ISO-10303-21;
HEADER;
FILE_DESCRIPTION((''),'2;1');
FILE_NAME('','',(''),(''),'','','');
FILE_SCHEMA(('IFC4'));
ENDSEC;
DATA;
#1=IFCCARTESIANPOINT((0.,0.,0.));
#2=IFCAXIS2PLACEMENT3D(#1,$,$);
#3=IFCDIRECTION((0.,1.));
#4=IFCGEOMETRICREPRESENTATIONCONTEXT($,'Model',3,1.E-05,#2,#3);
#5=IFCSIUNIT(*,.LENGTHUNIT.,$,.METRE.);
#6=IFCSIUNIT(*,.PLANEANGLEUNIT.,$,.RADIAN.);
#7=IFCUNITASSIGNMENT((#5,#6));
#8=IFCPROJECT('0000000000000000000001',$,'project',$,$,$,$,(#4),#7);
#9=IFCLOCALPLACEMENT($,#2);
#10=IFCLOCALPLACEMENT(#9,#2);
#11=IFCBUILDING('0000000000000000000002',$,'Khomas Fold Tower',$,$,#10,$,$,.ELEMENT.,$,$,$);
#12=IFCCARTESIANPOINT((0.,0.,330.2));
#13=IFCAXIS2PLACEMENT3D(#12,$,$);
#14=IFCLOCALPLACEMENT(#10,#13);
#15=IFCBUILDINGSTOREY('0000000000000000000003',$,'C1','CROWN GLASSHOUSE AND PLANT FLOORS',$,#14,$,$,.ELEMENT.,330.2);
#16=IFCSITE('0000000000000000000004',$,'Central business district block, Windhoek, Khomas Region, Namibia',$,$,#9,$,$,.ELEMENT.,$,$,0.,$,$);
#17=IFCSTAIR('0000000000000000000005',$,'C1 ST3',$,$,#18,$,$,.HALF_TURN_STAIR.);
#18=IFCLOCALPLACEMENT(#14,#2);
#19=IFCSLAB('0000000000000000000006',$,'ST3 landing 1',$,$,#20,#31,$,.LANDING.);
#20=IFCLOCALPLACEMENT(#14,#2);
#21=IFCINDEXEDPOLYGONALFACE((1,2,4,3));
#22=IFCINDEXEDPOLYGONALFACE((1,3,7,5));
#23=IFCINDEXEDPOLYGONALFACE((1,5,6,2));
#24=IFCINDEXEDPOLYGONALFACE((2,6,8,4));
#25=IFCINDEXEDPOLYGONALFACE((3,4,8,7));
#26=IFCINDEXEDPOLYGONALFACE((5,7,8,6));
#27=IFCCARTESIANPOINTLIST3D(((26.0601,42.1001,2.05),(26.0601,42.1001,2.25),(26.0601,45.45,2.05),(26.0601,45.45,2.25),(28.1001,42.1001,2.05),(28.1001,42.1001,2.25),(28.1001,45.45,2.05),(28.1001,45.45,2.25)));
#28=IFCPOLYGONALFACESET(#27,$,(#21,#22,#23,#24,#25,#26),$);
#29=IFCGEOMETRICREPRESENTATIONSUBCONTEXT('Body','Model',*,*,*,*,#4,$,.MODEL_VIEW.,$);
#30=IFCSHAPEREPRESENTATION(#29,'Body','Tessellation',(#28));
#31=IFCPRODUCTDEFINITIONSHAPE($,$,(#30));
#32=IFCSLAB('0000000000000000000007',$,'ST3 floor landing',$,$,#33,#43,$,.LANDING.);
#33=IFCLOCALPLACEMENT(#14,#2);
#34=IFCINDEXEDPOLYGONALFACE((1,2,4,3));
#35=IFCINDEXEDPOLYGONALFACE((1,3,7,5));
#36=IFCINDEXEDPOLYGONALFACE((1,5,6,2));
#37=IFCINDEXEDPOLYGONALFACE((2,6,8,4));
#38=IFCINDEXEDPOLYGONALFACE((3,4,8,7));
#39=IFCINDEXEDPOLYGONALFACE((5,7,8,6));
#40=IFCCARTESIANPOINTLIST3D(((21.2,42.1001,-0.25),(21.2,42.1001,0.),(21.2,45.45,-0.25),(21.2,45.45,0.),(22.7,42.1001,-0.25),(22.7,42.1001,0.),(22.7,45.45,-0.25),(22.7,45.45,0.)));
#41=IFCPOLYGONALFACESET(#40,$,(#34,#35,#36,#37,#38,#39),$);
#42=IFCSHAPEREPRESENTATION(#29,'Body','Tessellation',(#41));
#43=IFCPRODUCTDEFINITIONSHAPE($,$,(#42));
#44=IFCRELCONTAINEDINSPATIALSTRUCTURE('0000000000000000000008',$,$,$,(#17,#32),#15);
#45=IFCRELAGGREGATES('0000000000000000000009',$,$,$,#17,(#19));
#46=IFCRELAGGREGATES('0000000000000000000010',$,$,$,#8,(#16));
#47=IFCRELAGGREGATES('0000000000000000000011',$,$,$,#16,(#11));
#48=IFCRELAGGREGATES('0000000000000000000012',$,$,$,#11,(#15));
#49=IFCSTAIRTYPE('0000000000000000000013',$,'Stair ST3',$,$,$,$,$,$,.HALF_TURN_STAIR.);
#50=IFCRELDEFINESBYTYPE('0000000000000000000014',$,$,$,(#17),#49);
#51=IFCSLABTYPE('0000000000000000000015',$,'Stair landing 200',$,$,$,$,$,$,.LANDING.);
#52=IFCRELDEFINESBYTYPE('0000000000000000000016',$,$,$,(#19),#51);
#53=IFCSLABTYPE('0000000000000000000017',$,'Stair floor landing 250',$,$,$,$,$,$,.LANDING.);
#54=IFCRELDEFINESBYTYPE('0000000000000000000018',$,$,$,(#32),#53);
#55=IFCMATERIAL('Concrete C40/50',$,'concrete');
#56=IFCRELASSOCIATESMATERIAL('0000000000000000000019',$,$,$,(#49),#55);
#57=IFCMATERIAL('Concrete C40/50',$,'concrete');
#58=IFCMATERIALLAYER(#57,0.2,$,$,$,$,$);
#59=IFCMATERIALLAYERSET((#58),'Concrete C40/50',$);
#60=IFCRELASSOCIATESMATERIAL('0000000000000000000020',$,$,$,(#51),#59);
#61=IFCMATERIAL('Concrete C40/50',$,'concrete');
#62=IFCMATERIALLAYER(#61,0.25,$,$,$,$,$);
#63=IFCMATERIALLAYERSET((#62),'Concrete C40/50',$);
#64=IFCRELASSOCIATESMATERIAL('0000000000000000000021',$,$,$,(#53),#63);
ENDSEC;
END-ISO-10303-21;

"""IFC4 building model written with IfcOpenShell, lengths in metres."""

from ifc_helpers import new_model, si_unit, direction, frame, origin, place, context, subcontext, project, spatial, polyline, outline, extrude, source, transform, mapped, material, layer, layer_set, type_object, element, aggregate, save


model = new_model("IFC4")

# Units and contexts
model_context = context("Model", 3, precision=1e-05, world=origin(), true_north=direction((0.0, 1.0)))
body_context = subcontext(model_context, "Body", "Model", "MODEL_VIEW")
ifc_project = project(units=[si_unit("LENGTHUNIT", "METRE"), si_unit("PLANEANGLEUNIT", "RADIAN")], contexts=[model_context])

# Site, building, storey
site_placement = place(None, origin())
site = spatial("IfcSite", under=ifc_project, at=site_placement, Name="Central business district block, Windhoek, Khomas Region, Namibia", CompositionType="ELEMENT", RefElevation=0.0)
building_placement = place(site_placement, origin())
building = spatial("IfcBuilding", under=site, at=building_placement, Name="Khomas Fold Tower", CompositionType="ELEMENT")
storey_placement = place(building_placement, frame((0.0, 0.0, 330.2)))
storey = spatial("IfcBuildingStorey", under=building, at=storey_placement, Name="C1", Description="CROWN GLASSHOUSE AND PLANT FLOORS", CompositionType="ELEMENT", Elevation=330.2)

# Stair, slab
ifc_material_1 = material(Name="Concrete C40/50", Category="concrete")
stair_type = type_object("IfcStairType", Name="Stair ST3", PredefinedType="HALF_TURN_STAIR", material=ifc_material_1)
stair_placement = place(storey_placement, origin())
stair = element("IfcStair", 1, at=stair_placement, inside=storey, type_object=stair_type, Name="C1 ST3", PredefinedType="HALF_TURN_STAIR")
ifc_material_2 = material(Name="Concrete C40/50", Category="concrete")
ifc_layer_1 = layer(ifc_material_2, 0.2)
ifc_layer_set_1 = layer_set([ifc_layer_1], Name="Concrete C40/50")
slab_type_1 = type_object("IfcSlabType", Name="Stair landing 200", PredefinedType="LANDING", material=ifc_layer_set_1)
shared_shape_1 = source(origin(), body_context, "Body", "SweptSolid", [
    extrude(outline(polyline([(26.0601, 42.1001), (28.1001, 42.1001), (28.1001, 45.45), (26.0601, 45.45), (26.0601, 42.1001)])), origin(), (0.0, 0.0, 1.0), 0.2),
])
slab_1_placement = place(storey_placement, frame((0.0, 0.0, 2.05)))
slab_1 = element("IfcSlab", 2, at=slab_1_placement, type_object=slab_type_1, Name="ST3 landing 1", PredefinedType="LANDING", context=body_context, shape_type="MappedRepresentation", body=[
    mapped(shared_shape_1, transform((0.0, 0.0, 0.0))),
])
aggregate(stair, [slab_1])

# Slab
ifc_material_3 = material(Name="Concrete C40/50", Category="concrete")
ifc_layer_2 = layer(ifc_material_3, 0.25)
ifc_layer_set_2 = layer_set([ifc_layer_2], Name="Concrete C40/50")
slab_type_2 = type_object("IfcSlabType", Name="Stair floor landing 250", PredefinedType="LANDING", material=ifc_layer_set_2)
shared_shape_2 = source(origin(), body_context, "Body", "SweptSolid", [
    extrude(outline(polyline([(21.2, 45.45), (22.7, 45.45), (22.7, 42.1001), (21.2, 42.1001), (21.2, 45.45)])), origin(), (0.0, 0.0, 1.0), 0.25),
])
slab_2_placement = place(storey_placement, frame((0.0, 0.0, -0.25)))
element("IfcSlab", 3, at=slab_2_placement, inside=storey, type_object=slab_type_2, Name="ST3 floor landing", PredefinedType="LANDING", context=body_context, shape_type="MappedRepresentation", body=[
    mapped(shared_shape_2, transform((0.0, 0.0, 0.0))),
])

save(model, "model.ifc")
